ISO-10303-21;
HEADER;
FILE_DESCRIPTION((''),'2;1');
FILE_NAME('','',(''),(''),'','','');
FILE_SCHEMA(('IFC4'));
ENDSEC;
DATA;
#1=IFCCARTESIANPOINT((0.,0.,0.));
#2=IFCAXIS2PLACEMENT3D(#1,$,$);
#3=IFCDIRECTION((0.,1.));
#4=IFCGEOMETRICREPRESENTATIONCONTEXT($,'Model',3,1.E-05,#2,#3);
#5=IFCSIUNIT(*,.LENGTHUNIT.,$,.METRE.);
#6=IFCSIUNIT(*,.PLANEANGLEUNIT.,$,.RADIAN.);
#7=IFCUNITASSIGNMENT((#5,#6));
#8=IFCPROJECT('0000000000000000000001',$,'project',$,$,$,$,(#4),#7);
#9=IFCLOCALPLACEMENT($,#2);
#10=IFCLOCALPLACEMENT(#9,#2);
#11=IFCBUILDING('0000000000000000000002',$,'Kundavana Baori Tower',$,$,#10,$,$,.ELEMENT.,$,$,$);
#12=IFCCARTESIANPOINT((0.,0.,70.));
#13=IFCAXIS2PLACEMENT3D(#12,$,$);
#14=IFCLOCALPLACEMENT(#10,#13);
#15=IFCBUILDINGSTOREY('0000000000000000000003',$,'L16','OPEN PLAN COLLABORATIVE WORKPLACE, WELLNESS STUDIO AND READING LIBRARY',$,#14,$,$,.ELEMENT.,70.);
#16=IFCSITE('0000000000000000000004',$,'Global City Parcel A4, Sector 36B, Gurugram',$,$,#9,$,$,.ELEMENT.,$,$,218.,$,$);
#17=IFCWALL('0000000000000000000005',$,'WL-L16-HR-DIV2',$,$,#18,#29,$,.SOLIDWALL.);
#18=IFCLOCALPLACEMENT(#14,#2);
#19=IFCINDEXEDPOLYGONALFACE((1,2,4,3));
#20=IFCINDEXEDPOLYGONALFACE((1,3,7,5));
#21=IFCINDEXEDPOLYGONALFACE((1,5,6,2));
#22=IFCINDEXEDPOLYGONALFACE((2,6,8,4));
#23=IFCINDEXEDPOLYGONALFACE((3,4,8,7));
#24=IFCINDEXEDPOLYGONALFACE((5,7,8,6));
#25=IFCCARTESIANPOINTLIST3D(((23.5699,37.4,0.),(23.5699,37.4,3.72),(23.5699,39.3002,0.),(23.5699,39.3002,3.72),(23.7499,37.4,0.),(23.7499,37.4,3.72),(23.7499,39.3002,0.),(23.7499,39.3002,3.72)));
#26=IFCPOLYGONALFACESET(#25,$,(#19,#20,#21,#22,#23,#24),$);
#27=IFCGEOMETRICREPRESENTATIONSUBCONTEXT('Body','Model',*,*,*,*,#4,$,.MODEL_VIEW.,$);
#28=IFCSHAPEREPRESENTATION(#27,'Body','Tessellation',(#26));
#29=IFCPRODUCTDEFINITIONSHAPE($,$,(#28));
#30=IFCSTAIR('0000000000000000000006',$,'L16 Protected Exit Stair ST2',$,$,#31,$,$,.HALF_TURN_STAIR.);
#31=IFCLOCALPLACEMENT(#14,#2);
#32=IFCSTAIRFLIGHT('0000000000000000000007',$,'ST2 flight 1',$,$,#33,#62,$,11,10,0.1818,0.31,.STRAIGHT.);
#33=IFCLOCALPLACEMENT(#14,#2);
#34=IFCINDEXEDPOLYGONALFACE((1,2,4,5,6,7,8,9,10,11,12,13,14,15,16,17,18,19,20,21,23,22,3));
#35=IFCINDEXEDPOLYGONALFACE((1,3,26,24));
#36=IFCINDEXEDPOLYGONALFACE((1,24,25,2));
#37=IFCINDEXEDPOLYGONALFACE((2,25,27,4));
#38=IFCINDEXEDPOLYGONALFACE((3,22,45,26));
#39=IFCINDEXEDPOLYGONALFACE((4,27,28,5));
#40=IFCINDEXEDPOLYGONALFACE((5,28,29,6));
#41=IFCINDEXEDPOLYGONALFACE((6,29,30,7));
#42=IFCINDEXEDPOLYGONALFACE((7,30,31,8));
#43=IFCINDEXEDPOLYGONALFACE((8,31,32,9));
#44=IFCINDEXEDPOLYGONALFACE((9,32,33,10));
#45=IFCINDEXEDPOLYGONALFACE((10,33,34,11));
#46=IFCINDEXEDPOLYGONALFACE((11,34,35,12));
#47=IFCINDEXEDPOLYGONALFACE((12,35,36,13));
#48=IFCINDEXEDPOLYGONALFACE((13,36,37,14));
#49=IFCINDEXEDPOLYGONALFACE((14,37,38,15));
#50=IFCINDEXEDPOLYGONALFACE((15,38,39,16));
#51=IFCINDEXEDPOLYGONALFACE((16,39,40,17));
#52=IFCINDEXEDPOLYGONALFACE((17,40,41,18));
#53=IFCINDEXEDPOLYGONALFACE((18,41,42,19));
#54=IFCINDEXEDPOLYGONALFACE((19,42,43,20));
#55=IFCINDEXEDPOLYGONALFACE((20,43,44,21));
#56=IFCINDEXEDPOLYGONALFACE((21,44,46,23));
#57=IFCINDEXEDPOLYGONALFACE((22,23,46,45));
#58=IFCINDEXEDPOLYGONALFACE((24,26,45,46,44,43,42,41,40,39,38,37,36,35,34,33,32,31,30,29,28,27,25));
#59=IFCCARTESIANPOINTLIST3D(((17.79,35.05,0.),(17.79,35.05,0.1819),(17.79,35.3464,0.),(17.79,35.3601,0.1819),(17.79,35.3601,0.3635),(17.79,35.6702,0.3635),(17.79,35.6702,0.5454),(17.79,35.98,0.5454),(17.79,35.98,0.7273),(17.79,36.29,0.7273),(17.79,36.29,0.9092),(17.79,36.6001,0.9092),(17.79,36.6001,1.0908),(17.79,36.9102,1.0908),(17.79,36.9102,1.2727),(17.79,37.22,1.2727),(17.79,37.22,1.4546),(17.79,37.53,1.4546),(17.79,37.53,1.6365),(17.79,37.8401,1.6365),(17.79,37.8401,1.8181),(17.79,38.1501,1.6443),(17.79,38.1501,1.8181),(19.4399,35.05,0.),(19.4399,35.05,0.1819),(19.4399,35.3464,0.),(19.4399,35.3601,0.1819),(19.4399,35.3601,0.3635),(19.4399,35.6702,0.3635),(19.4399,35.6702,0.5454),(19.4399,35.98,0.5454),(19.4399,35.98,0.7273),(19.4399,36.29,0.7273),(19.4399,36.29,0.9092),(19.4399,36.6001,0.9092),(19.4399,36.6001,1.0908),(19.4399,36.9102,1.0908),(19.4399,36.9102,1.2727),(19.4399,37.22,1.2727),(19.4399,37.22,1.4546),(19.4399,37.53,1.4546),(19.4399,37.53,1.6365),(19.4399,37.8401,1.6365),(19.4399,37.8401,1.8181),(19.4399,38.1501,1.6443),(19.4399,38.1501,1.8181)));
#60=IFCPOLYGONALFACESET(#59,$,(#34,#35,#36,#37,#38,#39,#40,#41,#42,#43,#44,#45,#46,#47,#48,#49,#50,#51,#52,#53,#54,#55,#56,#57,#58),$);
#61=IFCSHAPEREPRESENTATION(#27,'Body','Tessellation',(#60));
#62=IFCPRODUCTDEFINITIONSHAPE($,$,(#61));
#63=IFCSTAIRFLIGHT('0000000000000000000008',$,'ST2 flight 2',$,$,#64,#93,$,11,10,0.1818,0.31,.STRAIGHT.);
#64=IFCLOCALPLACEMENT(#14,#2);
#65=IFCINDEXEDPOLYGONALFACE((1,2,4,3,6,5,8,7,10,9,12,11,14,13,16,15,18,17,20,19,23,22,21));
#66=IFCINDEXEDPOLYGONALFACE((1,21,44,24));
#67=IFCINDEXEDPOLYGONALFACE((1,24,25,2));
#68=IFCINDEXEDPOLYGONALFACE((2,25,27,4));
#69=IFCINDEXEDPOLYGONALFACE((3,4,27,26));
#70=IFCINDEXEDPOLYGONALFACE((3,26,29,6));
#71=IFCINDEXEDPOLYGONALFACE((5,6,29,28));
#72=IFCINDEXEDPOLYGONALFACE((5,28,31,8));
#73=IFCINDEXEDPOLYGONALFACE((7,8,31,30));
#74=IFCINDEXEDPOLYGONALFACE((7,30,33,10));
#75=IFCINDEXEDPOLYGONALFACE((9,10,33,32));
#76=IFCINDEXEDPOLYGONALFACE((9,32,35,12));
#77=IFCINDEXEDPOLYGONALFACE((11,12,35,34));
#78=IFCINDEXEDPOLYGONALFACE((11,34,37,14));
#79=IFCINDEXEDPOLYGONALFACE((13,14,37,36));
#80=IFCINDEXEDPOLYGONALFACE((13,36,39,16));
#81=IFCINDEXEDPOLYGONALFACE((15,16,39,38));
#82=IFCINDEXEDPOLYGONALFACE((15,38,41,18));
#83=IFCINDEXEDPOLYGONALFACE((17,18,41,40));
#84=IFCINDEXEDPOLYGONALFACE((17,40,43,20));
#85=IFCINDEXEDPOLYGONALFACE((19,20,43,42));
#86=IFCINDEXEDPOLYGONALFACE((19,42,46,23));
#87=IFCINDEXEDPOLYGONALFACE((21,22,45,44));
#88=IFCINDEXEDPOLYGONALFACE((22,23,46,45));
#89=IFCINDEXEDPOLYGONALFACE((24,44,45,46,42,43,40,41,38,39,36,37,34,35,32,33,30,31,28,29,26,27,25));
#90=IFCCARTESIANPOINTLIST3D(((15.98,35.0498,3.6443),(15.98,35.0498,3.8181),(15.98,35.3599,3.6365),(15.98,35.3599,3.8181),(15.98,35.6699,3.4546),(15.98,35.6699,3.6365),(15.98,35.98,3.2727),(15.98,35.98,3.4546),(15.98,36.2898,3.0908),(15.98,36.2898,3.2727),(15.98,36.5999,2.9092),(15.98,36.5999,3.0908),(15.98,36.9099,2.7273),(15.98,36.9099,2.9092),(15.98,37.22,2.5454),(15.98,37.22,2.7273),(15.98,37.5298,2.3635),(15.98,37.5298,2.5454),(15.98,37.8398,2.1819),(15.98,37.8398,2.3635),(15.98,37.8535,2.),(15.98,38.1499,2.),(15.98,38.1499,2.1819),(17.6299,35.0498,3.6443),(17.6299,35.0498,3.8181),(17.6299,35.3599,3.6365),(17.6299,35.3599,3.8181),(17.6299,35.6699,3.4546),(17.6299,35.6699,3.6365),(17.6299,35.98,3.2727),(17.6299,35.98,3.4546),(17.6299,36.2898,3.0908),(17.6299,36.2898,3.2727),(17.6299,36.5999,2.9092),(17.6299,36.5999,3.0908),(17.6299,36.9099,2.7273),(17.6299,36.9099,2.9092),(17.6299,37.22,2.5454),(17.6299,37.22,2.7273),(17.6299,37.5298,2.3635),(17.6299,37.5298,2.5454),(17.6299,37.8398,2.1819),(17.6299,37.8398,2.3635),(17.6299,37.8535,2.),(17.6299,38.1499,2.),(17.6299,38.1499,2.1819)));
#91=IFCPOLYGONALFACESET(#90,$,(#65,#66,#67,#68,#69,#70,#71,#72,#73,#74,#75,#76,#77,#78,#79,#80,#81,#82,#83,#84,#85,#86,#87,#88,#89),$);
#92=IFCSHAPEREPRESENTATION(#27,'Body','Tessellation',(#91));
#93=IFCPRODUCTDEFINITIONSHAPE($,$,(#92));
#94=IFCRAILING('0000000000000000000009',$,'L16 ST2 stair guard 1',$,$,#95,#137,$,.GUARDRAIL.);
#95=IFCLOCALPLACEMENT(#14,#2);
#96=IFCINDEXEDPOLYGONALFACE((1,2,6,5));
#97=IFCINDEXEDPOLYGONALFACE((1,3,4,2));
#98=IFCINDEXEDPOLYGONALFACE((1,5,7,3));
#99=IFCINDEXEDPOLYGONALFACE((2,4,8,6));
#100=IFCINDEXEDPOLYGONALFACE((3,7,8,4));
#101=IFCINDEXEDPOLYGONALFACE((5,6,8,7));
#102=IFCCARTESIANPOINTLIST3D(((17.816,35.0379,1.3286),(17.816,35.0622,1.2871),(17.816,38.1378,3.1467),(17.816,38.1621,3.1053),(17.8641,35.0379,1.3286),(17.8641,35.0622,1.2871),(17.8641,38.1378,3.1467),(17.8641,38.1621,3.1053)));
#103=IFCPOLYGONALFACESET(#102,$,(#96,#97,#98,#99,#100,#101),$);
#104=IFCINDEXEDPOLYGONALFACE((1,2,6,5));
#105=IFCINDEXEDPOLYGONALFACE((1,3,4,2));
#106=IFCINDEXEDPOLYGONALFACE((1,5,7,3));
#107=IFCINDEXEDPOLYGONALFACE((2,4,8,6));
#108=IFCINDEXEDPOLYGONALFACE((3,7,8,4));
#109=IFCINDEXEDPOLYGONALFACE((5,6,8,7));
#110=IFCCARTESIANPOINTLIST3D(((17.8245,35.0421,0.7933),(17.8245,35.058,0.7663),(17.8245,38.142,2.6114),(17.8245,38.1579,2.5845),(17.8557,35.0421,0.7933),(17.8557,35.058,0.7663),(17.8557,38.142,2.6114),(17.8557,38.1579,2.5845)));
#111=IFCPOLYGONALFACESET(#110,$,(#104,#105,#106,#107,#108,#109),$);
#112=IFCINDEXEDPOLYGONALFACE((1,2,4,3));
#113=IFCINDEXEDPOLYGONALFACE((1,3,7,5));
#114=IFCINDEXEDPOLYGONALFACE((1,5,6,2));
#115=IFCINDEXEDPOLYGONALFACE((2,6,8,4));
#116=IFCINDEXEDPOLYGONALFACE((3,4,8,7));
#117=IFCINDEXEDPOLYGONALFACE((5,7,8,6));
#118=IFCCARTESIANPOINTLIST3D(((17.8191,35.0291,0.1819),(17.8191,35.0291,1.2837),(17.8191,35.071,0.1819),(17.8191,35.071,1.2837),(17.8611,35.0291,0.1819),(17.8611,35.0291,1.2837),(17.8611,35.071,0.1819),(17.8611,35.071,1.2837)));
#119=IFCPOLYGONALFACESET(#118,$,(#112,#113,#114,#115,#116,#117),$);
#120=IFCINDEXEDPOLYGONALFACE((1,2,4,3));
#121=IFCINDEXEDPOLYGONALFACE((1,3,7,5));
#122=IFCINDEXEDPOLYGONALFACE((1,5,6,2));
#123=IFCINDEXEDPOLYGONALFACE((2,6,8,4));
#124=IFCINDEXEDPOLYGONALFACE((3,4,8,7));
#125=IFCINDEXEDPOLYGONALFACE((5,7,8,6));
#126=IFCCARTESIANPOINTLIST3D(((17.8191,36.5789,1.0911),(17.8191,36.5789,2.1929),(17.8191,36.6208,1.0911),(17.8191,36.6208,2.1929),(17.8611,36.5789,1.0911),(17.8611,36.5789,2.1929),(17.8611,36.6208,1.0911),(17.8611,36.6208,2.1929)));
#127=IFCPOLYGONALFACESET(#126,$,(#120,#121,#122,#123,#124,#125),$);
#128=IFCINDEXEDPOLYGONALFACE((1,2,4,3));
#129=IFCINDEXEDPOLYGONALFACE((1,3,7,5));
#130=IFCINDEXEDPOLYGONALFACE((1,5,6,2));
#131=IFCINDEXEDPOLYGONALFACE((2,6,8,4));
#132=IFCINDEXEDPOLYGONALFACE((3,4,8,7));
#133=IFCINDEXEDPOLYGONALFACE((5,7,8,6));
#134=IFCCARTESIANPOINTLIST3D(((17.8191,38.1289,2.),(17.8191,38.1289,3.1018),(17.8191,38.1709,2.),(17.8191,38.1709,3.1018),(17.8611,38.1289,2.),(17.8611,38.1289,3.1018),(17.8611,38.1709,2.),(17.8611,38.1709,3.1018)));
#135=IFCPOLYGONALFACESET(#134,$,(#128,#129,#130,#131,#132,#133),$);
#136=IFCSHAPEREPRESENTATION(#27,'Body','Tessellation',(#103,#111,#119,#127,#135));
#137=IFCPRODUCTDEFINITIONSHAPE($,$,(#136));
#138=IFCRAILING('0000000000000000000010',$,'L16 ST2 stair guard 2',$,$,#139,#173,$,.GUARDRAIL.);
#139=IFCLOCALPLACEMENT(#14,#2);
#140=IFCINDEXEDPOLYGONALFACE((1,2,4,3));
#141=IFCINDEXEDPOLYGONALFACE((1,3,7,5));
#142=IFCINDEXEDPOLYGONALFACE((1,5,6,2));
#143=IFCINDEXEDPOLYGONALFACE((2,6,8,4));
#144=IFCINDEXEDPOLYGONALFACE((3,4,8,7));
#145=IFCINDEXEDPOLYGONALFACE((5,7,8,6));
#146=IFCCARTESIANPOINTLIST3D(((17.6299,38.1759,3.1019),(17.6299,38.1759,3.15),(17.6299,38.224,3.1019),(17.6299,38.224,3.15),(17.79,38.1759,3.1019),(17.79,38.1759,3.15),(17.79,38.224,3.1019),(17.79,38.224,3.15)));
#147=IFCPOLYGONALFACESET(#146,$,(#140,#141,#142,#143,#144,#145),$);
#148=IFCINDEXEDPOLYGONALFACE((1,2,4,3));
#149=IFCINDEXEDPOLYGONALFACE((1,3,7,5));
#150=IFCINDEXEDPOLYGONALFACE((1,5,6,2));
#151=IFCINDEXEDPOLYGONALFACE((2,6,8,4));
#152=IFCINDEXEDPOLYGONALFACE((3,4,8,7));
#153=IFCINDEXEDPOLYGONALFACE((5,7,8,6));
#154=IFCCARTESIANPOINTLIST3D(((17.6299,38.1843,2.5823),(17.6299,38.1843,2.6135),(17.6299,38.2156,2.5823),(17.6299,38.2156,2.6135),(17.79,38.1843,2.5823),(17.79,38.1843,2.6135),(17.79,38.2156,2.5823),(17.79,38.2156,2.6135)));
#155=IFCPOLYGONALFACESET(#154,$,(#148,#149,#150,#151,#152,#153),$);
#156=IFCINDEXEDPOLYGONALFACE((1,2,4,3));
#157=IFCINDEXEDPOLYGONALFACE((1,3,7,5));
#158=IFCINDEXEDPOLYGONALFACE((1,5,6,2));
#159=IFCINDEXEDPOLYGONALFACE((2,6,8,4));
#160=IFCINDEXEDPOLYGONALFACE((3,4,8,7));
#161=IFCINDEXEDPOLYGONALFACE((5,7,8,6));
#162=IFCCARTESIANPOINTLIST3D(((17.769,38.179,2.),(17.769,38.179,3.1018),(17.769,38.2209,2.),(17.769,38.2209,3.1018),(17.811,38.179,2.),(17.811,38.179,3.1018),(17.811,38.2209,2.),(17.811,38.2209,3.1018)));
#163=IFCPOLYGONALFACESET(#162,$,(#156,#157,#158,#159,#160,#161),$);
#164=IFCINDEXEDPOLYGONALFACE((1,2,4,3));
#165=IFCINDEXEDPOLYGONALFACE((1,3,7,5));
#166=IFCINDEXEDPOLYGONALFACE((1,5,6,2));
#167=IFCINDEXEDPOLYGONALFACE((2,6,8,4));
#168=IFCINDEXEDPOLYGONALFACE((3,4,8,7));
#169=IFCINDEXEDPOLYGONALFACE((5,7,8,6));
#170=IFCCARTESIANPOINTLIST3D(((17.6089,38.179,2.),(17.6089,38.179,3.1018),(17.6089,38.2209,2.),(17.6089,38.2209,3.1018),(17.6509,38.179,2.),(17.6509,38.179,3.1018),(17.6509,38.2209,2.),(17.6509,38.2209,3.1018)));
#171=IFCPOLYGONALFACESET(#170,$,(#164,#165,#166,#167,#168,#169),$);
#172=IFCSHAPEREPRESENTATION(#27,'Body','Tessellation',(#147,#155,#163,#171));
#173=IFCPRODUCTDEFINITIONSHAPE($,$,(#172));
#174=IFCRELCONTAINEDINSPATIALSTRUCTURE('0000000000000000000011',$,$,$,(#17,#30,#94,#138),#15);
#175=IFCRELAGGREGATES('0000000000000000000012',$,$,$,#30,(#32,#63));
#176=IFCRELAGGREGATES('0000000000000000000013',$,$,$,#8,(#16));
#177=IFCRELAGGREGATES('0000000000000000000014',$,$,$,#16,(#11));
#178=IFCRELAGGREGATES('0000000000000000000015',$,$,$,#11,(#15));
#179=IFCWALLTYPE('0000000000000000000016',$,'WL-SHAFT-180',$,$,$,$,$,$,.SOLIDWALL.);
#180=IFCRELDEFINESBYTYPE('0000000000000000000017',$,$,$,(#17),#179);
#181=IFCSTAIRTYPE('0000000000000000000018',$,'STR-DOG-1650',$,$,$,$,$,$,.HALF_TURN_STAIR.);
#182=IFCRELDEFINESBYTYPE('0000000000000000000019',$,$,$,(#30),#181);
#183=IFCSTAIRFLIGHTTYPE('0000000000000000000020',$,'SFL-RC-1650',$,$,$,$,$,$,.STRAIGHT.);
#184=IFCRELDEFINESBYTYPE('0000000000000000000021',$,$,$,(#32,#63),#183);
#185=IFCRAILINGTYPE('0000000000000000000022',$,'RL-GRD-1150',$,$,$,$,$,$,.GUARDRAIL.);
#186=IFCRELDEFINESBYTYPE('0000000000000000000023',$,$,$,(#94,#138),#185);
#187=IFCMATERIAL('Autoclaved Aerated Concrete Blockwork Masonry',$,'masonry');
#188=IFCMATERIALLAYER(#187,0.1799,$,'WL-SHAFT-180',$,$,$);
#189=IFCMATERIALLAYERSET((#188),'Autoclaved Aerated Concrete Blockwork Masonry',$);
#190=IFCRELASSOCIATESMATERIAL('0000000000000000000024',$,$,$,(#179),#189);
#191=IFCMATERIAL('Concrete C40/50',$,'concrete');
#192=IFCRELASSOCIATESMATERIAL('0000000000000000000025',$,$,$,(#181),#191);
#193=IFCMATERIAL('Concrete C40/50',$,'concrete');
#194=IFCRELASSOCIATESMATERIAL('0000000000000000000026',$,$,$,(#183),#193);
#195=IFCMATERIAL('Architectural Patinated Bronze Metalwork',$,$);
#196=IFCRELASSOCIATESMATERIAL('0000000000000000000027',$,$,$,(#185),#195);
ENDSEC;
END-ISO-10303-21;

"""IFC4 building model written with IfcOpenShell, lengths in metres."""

from ifc_helpers import new_model, si_unit, direction, frame, frame_2d, origin, origin_2d, place, context, subcontext, project, spatial, polyline, rectangle, outline, extrude, material, layer, layer_set, type_object, element, aggregate, save


model = new_model("IFC4")

# Units and contexts
model_context = context("Model", 3, precision=1e-05, world=origin(), true_north=direction((0.0, 1.0)))
body_context = subcontext(model_context, "Body", "Model", "MODEL_VIEW")
ifc_project = project(units=[si_unit("LENGTHUNIT", "METRE"), si_unit("PLANEANGLEUNIT", "RADIAN")], contexts=[model_context])

# Site, building, storey
site_placement = place(None, origin())
site = spatial("IfcSite", under=ifc_project, at=site_placement, Name="Global City Parcel A4, Sector 36B, Gurugram", CompositionType="ELEMENT", RefElevation=218.0)
building_placement = place(site_placement, origin())
building = spatial("IfcBuilding", under=site, at=building_placement, Name="Kundavana Baori Tower", CompositionType="ELEMENT")
storey_placement = place(building_placement, frame((0.0, 0.0, 70.0)))
storey = spatial("IfcBuildingStorey", under=building, at=storey_placement, Name="L16", Description="OPEN PLAN COLLABORATIVE WORKPLACE, WELLNESS STUDIO AND READING LIBRARY", CompositionType="ELEMENT", Elevation=70.0)

# Shared definitions
ifc_material_1 = material(Name="Autoclaved Aerated Concrete Blockwork Masonry", Category="masonry")
ifc_layer_1 = layer(ifc_material_1, 0.1799, Name="WL-SHAFT-180")
ifc_layer_set_1 = layer_set([ifc_layer_1], Name="Autoclaved Aerated Concrete Blockwork Masonry")
wall_type_1 = type_object("IfcWallType", Name="WL-SHAFT-180", PredefinedType="SOLIDWALL", material=ifc_layer_set_1)

# Wall
wall_1_placement = place(storey_placement, frame((23.6599, 37.3999, 0.0), z_axis=(0.0, 0.0, 1.0), x_axis=(0.0, 1.0, 0.0)))
element("IfcWall", 1, at=wall_1_placement, inside=storey, type_object=wall_type_1, Name="WL-L16-HR-DIV2", PredefinedType="SOLIDWALL", context=body_context, shape_type="SweptSolid", body=[
    extrude(rectangle(XDim=1.9001, YDim=0.1799, at=frame_2d((0.9502, 0.0))), origin(), (0.0, 0.0, 1.0), 3.72),
])

# Stair, stair flights
ifc_material_2 = material(Name="Concrete C40/50", Category="concrete")
stair_type = type_object("IfcStairType", Name="STR-DOG-1650", PredefinedType="HALF_TURN_STAIR", material=ifc_material_2)
stair_placement = place(storey_placement, origin())
stair = element("IfcStair", 2, at=stair_placement, inside=storey, type_object=stair_type, Name="L16 Protected Exit Stair ST2", PredefinedType="HALF_TURN_STAIR")
ifc_material_3 = material(Name="Concrete C40/50", Category="concrete")
stair_flight_type = type_object("IfcStairFlightType", Name="SFL-RC-1650", PredefinedType="STRAIGHT", material=ifc_material_3)
stair_flight_1_placement = place(storey_placement, frame((18.615, 35.05, 0.0), z_axis=(0.0, 0.0, 1.0), x_axis=(0.0, 1.0, 0.0)))
stair_flight_1 = element("IfcStairFlight", 3, at=stair_flight_1_placement, type_object=stair_flight_type, Name="ST2 flight 1", NumberOfRisers=11, NumberOfTreads=10, PredefinedType="STRAIGHT", RiserHeight=0.1818, TreadLength=0.31, context=body_context, shape_type="SweptSolid", body=[
    extrude(outline(polyline([(0.0, 0.0), (0.0, 0.1819), (0.3101, 0.1819), (0.3101, 0.3635), (0.6201, 0.3635), (0.6201, 0.5454), (0.9299, 0.5454), (0.9299, 0.7273), (1.24, 0.7273), (1.24, 0.9092), (1.55, 0.9092), (1.55, 1.0908), (1.8601, 1.0908), (1.8601, 1.2727), (2.1699, 1.2727), (2.1699, 1.4546), (2.48, 1.4546), (2.48, 1.6365), (2.79, 1.6365), (2.79, 1.8181), (3.1001, 1.8181), (3.1001, 2.0), (3.1001, 1.6443), (0.2964, 0.0), (0.0, 0.0)])), frame((0.0, 0.825, 0.0), z_axis=(0.0, -1.0, 0.0), x_axis=(1.0, 0.0, 0.0)), (0.0, 0.0, 1.0), 1.6499),
])
stair_flight_2_placement = place(storey_placement, frame((16.8049, 38.1499, 2.0), z_axis=(0.0, 0.0, 1.0), x_axis=(0.0, -1.0, 0.0)))
stair_flight_2 = element("IfcStairFlight", 4, at=stair_flight_2_placement, type_object=stair_flight_type, Name="ST2 flight 2", NumberOfRisers=11, NumberOfTreads=10, PredefinedType="STRAIGHT", RiserHeight=0.1818, TreadLength=0.31, context=body_context, shape_type="SweptSolid", body=[
    extrude(outline(polyline([(0.0, 0.0), (0.0, 0.1819), (0.3101, 0.1819), (0.3101, 0.3635), (0.6201, 0.3635), (0.6201, 0.5454), (0.9299, 0.5454), (0.9299, 0.7273), (1.24, 0.7273), (1.24, 0.9092), (1.55, 0.9092), (1.55, 1.0908), (1.8601, 1.0908), (1.8601, 1.2727), (2.1699, 1.2727), (2.1699, 1.4546), (2.48, 1.4546), (2.48, 1.6365), (2.79, 1.6365), (2.79, 1.8181), (3.1001, 1.8181), (3.1001, 2.0), (3.1001, 1.6443), (0.2964, 0.0), (0.0, 0.0)])), frame((0.0, 0.825, 0.0), z_axis=(0.0, -1.0, 0.0), x_axis=(1.0, 0.0, 0.0)), (0.0, 0.0, 1.0), 1.6499),
])
aggregate(stair, [stair_flight_1, stair_flight_2])

# Railings
ifc_material_4 = material(Name="Architectural Patinated Bronze Metalwork")
railing_type_1 = type_object("IfcRailingType", Name="RL-GRD-1150", PredefinedType="GUARDRAIL", material=ifc_material_4)
railing_1_placement = place(storey_placement, frame((17.8401, 35.05, 0.1819)))
element("IfcRailing", 5, at=railing_1_placement, inside=storey, type_object=railing_type_1, Name="L16 ST2 stair guard 1", PredefinedType="GUARDRAIL", context=body_context, shape_type="SweptSolid", body=[
    extrude(rectangle(XDim=0.0481, YDim=0.0481, at=origin_2d()), frame((0.0, 0.0, 1.126), z_axis=(0.0, 0.862581, 0.505918), x_axis=(-1.0, 0.0, 0.0)), (0.0, 0.0, 1.0), 3.5938),
    extrude(rectangle(XDim=0.0312, YDim=0.0312, at=origin_2d()), frame((0.0, 0.0, 0.5979), z_axis=(0.0, 0.862581, 0.505918), x_axis=(-1.0, 0.0, 0.0)), (0.0, 0.0, 1.0), 3.5938),
    extrude(rectangle(XDim=0.042, YDim=0.042, at=origin_2d()), origin(), (0.0, 0.0, 1.0), 1.1018),
    extrude(rectangle(XDim=0.042, YDim=0.042, at=origin_2d()), frame((0.0, 1.5498, 0.9092)), (0.0, 0.0, 1.0), 1.1018),
    extrude(rectangle(XDim=0.042, YDim=0.042, at=origin_2d()), frame((0.0, 3.0999, 1.8181)), (0.0, 0.0, 1.0), 1.1018),
])
railing_2_placement = place(storey_placement, frame((17.79, 38.2, 2.0)))
element("IfcRailing", 6, at=railing_2_placement, inside=storey, type_object=railing_type_1, Name="L16 ST2 stair guard 2", PredefinedType="GUARDRAIL", context=body_context, shape_type="SweptSolid", body=[
    extrude(rectangle(XDim=0.0481, YDim=0.0481, at=origin_2d()), frame((0.0, 0.0, 1.126), z_axis=(-1.0, 0.0, 0.0), x_axis=(0.0, -1.0, 0.0)), (0.0, 0.0, 1.0), 0.1602),
    extrude(rectangle(XDim=0.0312, YDim=0.0312, at=origin_2d()), frame((0.0, 0.0, 0.5979), z_axis=(-1.0, 0.0, 0.0), x_axis=(0.0, -1.0, 0.0)), (0.0, 0.0, 1.0), 0.1602),
    extrude(rectangle(XDim=0.042, YDim=0.042, at=origin_2d()), origin(), (0.0, 0.0, 1.0), 1.1018),
    extrude(rectangle(XDim=0.042, YDim=0.042, at=origin_2d()), frame((-0.1602, 0.0, 0.0)), (0.0, 0.0, 1.0), 1.1018),
])

save(model, "model.ifc")
